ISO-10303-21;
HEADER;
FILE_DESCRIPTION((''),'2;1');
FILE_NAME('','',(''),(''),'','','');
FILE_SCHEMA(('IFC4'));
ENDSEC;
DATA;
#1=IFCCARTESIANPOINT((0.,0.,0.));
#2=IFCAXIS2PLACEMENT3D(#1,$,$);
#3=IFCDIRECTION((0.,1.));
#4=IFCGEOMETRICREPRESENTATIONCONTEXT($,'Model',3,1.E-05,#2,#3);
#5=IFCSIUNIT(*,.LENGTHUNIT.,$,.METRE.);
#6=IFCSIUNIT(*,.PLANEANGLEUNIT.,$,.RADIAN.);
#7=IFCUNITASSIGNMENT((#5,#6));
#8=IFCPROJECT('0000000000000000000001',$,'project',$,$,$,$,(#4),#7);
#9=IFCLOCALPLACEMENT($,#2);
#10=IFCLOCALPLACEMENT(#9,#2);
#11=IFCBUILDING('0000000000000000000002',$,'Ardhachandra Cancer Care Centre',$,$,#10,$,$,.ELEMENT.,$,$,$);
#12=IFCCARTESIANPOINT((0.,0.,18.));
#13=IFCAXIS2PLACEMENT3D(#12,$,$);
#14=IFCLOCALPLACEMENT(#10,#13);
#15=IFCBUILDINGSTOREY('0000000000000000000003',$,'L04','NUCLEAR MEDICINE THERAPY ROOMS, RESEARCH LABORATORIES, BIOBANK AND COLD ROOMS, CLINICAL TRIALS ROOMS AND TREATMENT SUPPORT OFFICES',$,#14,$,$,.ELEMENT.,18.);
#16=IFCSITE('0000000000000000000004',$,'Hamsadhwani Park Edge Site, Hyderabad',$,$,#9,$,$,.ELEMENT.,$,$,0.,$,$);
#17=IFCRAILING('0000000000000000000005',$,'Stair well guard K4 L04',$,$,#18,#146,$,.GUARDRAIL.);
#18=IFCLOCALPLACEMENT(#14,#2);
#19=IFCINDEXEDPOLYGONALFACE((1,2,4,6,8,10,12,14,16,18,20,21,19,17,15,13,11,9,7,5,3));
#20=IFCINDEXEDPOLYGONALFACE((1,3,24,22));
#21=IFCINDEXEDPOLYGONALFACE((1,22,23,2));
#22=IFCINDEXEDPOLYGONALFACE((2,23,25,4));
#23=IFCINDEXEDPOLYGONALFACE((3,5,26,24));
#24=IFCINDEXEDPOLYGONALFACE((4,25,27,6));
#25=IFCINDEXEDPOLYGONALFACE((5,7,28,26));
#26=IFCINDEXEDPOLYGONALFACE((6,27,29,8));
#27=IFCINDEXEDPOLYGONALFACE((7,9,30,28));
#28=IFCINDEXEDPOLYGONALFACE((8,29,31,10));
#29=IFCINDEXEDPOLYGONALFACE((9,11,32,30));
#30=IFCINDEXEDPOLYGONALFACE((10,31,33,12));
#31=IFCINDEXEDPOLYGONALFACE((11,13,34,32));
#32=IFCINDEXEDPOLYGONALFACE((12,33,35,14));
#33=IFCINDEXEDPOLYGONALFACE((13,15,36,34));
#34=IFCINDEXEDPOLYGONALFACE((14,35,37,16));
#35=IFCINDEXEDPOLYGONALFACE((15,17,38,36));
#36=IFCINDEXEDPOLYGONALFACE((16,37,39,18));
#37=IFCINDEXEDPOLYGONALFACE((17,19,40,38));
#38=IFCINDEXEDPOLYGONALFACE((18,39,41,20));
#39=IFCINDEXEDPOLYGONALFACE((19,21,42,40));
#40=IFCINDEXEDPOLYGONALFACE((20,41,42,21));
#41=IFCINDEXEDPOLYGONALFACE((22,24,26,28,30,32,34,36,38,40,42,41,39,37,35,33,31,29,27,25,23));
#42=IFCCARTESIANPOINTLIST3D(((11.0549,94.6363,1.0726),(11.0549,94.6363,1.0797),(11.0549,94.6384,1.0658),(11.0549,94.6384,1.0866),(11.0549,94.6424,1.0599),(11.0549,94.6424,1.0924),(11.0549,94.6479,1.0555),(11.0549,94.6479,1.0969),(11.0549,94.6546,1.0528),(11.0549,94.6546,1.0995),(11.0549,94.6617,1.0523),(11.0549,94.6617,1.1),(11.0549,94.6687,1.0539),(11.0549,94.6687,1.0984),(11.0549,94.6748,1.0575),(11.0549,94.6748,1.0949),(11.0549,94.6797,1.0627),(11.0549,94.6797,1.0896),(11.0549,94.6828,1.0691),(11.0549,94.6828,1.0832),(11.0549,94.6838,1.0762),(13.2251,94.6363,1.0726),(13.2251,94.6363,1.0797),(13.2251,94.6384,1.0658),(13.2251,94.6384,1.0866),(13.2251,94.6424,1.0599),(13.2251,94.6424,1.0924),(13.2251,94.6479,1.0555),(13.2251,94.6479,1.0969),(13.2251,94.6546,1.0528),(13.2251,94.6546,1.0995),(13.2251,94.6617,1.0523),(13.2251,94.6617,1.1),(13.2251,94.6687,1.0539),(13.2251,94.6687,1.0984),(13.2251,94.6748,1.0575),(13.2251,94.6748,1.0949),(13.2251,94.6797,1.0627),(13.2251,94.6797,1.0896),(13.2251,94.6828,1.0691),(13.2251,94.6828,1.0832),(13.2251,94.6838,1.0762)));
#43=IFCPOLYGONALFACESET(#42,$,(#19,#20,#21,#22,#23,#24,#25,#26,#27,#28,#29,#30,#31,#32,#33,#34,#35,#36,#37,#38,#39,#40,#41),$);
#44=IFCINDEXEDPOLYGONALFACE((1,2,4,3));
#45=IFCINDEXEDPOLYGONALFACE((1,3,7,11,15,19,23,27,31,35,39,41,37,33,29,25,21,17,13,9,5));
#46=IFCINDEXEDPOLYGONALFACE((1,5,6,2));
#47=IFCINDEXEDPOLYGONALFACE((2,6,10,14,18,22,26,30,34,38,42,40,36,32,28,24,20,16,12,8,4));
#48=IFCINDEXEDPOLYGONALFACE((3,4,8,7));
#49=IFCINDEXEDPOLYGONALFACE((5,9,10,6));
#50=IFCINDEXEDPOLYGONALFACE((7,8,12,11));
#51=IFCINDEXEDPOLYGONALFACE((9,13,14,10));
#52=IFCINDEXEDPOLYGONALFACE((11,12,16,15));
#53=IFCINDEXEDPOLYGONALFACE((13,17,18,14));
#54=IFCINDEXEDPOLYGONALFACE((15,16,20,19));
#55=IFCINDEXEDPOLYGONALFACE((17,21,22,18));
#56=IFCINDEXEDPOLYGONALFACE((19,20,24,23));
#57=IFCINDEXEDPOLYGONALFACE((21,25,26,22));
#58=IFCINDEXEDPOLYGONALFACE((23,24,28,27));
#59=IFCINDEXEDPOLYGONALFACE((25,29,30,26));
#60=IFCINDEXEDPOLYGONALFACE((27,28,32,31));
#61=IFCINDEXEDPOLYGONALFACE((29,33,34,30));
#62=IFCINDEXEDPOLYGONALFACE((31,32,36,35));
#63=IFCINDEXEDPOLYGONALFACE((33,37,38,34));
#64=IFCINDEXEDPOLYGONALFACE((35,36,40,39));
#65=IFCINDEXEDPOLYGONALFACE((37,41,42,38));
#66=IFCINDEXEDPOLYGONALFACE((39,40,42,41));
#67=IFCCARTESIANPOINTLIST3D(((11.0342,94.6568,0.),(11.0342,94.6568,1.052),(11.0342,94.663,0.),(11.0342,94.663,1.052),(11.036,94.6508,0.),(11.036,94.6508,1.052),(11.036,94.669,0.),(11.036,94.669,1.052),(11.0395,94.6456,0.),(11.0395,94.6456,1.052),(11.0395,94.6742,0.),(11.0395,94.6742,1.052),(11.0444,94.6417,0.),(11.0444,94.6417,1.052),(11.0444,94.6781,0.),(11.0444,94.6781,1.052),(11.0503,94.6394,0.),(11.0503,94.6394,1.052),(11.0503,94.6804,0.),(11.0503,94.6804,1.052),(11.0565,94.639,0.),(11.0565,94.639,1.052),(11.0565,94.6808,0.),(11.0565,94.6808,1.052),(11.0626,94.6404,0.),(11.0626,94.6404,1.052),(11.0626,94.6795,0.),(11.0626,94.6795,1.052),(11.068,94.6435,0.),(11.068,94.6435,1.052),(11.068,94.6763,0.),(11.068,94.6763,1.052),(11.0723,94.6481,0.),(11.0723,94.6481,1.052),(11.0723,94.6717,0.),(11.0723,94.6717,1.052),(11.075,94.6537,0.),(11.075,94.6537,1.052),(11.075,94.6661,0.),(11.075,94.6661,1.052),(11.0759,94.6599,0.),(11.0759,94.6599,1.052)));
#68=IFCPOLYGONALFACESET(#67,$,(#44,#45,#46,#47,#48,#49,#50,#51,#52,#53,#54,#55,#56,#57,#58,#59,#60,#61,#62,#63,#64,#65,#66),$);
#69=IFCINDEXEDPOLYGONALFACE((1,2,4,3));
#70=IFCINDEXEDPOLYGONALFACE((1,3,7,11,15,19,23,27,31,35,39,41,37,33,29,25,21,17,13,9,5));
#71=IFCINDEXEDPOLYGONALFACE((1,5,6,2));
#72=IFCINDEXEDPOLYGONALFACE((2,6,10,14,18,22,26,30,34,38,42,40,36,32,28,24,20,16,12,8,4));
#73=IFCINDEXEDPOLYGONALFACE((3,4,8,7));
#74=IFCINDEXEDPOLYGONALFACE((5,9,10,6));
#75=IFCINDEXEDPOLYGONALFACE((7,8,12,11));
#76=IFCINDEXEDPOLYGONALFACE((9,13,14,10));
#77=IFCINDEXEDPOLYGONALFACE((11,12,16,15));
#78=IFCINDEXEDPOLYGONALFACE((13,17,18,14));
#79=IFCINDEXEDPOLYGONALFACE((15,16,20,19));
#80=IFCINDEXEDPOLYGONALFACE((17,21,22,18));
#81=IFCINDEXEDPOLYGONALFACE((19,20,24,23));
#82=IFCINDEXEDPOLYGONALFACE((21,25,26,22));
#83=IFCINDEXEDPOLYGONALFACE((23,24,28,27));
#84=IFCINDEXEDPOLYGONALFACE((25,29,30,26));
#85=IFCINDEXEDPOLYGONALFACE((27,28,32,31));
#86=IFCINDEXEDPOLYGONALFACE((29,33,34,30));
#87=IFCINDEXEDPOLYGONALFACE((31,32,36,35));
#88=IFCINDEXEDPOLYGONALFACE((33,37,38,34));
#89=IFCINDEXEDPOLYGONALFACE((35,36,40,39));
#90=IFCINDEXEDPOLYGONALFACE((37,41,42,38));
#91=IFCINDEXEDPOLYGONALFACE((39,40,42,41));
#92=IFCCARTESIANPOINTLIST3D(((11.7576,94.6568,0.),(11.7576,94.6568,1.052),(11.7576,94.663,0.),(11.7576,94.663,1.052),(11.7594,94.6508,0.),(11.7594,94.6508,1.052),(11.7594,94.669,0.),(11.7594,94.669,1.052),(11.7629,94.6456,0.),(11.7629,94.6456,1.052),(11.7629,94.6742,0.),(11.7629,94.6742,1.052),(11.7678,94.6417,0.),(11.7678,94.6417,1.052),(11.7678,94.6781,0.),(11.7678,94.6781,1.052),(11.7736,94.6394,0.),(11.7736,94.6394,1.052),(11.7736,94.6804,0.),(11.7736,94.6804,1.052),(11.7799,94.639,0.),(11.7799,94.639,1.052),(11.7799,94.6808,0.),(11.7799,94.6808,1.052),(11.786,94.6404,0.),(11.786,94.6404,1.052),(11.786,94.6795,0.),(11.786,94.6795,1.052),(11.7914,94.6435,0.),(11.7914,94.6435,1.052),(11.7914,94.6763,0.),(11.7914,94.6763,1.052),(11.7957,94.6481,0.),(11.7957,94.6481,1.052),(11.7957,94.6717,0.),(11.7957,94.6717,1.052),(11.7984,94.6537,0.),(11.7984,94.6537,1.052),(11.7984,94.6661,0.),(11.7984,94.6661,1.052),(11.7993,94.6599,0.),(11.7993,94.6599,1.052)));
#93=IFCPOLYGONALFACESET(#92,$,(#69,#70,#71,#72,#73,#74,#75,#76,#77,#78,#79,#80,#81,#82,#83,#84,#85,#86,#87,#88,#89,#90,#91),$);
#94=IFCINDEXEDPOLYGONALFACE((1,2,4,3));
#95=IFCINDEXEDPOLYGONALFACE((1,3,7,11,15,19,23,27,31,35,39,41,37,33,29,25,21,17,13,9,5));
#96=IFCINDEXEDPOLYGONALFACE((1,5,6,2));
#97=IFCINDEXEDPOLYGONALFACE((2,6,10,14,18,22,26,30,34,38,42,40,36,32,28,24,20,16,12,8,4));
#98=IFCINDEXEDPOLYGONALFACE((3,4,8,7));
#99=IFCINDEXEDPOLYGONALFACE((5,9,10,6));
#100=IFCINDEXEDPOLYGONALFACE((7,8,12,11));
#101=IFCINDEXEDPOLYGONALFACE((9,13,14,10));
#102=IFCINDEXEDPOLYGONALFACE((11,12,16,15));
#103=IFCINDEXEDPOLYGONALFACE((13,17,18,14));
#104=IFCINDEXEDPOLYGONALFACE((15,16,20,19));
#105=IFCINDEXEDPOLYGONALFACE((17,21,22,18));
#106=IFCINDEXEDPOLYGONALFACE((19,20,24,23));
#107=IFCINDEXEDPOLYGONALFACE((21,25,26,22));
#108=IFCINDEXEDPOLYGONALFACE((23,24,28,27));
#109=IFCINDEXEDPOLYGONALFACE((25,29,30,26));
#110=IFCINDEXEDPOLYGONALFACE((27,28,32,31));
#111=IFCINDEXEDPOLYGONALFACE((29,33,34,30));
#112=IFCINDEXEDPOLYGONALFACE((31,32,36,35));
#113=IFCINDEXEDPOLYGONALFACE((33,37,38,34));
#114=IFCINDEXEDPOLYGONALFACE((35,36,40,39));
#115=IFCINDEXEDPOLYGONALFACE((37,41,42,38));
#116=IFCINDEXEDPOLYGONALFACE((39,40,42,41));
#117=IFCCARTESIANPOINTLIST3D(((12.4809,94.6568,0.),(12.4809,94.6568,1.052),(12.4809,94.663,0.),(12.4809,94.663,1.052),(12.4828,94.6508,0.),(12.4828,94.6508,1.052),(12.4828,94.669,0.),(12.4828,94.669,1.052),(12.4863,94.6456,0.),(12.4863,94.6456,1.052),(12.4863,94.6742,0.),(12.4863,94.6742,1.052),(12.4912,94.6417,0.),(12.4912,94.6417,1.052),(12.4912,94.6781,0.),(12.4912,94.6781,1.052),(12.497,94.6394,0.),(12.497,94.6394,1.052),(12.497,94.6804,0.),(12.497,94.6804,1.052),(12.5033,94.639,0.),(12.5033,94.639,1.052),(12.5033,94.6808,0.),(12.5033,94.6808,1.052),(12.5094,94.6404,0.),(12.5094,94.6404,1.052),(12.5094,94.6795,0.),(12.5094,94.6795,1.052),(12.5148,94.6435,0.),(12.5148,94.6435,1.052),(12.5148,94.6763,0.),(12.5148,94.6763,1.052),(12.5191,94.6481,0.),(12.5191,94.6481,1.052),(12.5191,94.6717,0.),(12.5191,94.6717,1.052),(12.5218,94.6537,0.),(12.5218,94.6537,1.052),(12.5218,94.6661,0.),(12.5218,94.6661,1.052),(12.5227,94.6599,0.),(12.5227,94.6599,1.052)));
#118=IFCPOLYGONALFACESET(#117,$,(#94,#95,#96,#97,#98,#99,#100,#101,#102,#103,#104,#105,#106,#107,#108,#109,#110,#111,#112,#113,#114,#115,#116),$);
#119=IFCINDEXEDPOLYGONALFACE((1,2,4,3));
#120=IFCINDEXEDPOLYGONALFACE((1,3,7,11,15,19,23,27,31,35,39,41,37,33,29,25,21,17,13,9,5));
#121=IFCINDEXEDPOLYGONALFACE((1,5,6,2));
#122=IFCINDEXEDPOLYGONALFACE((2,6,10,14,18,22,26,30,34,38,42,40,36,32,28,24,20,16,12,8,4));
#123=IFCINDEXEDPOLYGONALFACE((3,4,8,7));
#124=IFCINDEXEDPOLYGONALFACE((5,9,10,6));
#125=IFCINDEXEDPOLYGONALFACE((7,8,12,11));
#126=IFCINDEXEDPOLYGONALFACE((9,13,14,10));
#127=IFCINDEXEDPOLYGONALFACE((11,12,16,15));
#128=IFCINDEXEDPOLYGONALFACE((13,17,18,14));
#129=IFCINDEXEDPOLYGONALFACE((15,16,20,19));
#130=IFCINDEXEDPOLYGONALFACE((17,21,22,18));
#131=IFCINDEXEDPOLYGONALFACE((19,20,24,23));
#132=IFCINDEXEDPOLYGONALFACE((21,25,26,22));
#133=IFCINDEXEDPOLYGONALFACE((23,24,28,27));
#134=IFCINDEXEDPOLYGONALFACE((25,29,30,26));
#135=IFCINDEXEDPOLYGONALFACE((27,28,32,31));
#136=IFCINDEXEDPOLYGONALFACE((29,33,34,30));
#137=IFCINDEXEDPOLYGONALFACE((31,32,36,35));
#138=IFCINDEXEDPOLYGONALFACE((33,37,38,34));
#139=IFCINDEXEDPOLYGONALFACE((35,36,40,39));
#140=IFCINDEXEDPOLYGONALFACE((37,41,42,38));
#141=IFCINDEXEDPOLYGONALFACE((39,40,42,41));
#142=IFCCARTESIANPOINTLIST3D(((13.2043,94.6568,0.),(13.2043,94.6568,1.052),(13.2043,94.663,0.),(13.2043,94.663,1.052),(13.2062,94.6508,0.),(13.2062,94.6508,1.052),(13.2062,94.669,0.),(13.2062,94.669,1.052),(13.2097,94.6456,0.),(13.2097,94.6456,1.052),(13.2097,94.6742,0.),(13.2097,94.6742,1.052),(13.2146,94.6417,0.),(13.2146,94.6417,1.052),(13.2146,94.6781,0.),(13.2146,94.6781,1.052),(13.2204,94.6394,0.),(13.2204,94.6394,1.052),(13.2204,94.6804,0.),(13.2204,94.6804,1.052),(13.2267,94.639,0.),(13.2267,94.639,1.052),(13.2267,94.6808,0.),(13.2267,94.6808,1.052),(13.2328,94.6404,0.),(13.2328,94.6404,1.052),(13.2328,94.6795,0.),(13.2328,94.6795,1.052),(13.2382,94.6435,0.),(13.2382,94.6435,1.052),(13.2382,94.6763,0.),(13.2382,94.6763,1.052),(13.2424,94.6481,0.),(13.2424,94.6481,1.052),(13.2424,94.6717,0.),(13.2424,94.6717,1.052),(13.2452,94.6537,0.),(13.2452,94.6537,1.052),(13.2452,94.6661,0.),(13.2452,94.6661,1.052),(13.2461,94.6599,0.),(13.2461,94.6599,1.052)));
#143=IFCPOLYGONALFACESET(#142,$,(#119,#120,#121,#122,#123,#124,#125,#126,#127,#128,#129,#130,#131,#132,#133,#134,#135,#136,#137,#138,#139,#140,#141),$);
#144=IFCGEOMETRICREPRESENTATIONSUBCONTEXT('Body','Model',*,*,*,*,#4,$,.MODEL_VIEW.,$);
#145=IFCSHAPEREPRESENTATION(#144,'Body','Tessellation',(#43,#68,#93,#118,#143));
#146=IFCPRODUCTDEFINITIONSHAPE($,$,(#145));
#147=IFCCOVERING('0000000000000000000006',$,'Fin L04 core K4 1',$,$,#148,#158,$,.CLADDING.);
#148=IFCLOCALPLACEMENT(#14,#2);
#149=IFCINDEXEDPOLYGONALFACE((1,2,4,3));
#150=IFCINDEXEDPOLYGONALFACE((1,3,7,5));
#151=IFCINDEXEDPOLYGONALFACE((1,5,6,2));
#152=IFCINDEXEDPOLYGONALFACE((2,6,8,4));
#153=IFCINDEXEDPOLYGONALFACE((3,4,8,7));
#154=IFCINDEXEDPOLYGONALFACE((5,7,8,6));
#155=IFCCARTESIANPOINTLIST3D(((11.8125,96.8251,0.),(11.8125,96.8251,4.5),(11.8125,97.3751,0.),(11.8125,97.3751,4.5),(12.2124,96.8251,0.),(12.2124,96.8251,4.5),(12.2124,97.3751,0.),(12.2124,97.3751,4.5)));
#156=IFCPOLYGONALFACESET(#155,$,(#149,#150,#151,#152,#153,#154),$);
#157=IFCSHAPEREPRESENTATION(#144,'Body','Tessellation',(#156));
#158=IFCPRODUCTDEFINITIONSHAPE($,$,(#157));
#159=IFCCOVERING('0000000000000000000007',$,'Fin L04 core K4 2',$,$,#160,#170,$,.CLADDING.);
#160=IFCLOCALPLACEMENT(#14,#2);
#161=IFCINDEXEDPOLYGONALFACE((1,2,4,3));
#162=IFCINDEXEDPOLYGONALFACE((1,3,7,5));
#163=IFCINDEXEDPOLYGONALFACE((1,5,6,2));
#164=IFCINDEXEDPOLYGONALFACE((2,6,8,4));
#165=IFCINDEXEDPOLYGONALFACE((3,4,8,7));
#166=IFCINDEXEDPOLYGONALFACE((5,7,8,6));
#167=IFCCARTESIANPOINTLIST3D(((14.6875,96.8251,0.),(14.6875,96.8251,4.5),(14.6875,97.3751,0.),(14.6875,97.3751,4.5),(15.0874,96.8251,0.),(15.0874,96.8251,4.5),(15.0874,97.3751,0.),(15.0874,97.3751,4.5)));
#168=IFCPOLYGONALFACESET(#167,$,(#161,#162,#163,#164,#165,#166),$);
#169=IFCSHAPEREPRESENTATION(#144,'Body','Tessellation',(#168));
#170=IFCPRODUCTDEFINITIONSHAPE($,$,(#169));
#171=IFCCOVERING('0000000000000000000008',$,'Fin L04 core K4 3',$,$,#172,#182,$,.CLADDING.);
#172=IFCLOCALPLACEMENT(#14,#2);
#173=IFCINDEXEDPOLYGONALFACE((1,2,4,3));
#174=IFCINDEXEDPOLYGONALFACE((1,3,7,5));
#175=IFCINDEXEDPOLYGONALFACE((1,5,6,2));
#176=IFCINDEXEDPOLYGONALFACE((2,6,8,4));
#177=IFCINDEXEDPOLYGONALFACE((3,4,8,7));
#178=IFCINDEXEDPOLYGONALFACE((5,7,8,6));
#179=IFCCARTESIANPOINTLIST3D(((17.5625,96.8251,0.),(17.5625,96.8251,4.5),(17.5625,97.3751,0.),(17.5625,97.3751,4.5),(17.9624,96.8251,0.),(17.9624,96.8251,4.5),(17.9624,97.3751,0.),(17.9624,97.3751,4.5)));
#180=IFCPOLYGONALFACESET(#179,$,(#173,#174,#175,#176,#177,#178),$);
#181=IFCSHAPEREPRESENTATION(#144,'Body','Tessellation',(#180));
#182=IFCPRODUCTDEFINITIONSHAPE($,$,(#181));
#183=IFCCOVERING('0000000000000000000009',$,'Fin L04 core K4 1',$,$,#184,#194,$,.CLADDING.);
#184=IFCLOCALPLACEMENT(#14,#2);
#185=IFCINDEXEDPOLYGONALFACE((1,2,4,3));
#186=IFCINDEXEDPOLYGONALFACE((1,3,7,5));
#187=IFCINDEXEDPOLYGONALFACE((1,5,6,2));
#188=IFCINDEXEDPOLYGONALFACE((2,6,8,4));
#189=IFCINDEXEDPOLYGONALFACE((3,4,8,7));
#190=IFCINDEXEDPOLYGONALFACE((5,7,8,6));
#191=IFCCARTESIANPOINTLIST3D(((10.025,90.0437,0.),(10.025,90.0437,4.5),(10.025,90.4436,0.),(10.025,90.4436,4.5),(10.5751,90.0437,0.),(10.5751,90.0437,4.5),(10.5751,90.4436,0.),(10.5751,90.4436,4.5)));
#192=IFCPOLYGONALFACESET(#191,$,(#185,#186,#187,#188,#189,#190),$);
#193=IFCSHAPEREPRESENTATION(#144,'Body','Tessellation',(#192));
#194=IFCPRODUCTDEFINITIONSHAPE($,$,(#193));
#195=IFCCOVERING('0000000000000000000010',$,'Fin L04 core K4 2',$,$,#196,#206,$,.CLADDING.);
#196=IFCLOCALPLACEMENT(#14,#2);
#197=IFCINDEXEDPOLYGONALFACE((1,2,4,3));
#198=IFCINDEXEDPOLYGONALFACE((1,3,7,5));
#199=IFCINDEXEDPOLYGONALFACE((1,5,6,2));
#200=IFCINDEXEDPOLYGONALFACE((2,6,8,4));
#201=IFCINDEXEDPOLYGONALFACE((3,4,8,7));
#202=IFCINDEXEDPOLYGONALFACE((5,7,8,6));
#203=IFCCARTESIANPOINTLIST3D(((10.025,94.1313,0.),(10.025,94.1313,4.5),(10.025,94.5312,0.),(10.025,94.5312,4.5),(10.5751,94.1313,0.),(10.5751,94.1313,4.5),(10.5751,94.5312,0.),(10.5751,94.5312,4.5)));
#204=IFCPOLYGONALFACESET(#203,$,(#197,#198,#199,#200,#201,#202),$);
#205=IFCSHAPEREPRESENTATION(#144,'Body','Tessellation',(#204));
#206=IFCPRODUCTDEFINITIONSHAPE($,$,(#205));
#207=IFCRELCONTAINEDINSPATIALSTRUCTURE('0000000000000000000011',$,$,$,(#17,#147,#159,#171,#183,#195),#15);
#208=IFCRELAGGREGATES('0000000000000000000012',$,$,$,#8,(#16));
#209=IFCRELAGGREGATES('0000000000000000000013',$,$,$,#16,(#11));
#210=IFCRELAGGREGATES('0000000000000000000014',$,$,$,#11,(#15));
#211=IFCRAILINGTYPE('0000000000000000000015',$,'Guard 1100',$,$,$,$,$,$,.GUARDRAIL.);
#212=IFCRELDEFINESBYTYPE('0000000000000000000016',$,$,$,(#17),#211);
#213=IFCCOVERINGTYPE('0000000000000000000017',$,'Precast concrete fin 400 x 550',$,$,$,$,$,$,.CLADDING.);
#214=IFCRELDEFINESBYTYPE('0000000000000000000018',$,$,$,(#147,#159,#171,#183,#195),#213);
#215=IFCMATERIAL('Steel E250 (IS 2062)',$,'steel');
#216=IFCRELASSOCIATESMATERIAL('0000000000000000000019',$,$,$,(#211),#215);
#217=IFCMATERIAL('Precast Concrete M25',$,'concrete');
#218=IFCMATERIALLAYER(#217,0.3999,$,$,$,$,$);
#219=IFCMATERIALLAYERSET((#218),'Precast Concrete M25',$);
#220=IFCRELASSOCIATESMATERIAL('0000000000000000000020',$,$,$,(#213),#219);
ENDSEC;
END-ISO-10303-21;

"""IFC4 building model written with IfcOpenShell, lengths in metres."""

from ifc_helpers import new_model, si_unit, direction, frame, origin, origin_2d, place, context, subcontext, project, spatial, rectangle, circle, extrude, material, layer, layer_set, type_object, element, save


model = new_model("IFC4")

# Units and contexts
model_context = context("Model", 3, precision=1e-05, world=origin(), true_north=direction((0.0, 1.0)))
body_context = subcontext(model_context, "Body", "Model", "MODEL_VIEW")
ifc_project = project(units=[si_unit("LENGTHUNIT", "METRE"), si_unit("PLANEANGLEUNIT", "RADIAN")], contexts=[model_context])

# Site, building, storey
site_placement = place(None, origin())
site = spatial("IfcSite", under=ifc_project, at=site_placement, Name="Hamsadhwani Park Edge Site, Hyderabad", CompositionType="ELEMENT", RefElevation=0.0)
building_placement = place(site_placement, origin())
building = spatial("IfcBuilding", under=site, at=building_placement, Name="Ardhachandra Cancer Care Centre", CompositionType="ELEMENT")
storey_placement = place(building_placement, frame((0.0, 0.0, 18.0)))
storey = spatial("IfcBuildingStorey", under=building, at=storey_placement, Name="L04", Description="NUCLEAR MEDICINE THERAPY ROOMS, RESEARCH LABORATORIES, BIOBANK AND COLD ROOMS, CLINICAL TRIALS ROOMS AND TREATMENT SUPPORT OFFICES", CompositionType="ELEMENT", Elevation=18.0)

# Railing
ifc_material_1 = material(Name="Steel E250 (IS 2062)", Category="steel")
railing_type_1 = type_object("IfcRailingType", Name="Guard 1100", PredefinedType="GUARDRAIL", material=ifc_material_1)
railing_placement = place(storey_placement, frame((11.0549, 94.6599, 0.0)))
element("IfcRailing", 1, at=railing_placement, inside=storey, type_object=railing_type_1, Name="Stair well guard K4 L04", PredefinedType="GUARDRAIL", context=body_context, shape_type="SweptSolid", body=[
    extrude(circle(Radius=0.0239, at=origin_2d()), frame((0.0, 0.0, 1.0762), z_axis=(1.0, 0.0, 0.0), x_axis=(0.0, 1.0, 0.0)), (0.0, 0.0, 1.0), 2.1702),
    extrude(circle(Radius=0.021, at=origin_2d()), origin(), (0.0, 0.0, 1.0), 1.052),
    extrude(circle(Radius=0.021, at=origin_2d()), frame((0.7234, 0.0, 0.0)), (0.0, 0.0, 1.0), 1.052),
    extrude(circle(Radius=0.021, at=origin_2d()), frame((1.4468, 0.0, 0.0)), (0.0, 0.0, 1.0), 1.052),
    extrude(circle(Radius=0.021, at=origin_2d()), frame((2.1702, 0.0, 0.0)), (0.0, 0.0, 1.0), 1.052),
])

# Coverings
ifc_material_2 = material(Name="Precast Concrete M25", Category="concrete")
ifc_layer_1 = layer(ifc_material_2, 0.3999)
ifc_layer_set_1 = layer_set([ifc_layer_1], Name="Precast Concrete M25")
covering_type = type_object("IfcCoveringType", Name="Precast concrete fin 400 x 550", PredefinedType="CLADDING", material=ifc_layer_set_1)
for number, where, z_axis, x_axis, name in (
    (2, (12.0125, 97.1001, 0.0), (0.0, 0.0, 1.0), (1.0, 0.0, 0.0), "Fin L04 core K4 1"),
    (3, (14.8875, 97.1001, 0.0), (0.0, 0.0, 1.0), (1.0, 0.0, 0.0), "Fin L04 core K4 2"),
    (4, (17.7625, 97.1001, 0.0), (0.0, 0.0, 1.0), (1.0, 0.0, 0.0), "Fin L04 core K4 3"),
    (5, (10.3, 90.2437, 0.0), (0.0, 0.0, 1.0), (0.0, 1.0, 0.0), "Fin L04 core K4 1"),
    (6, (10.3, 94.3313, 0.0), (0.0, 0.0, 1.0), (0.0, 1.0, 0.0), "Fin L04 core K4 2"),
):
    element("IfcCovering", number, at=place(storey_placement, frame(where, z_axis=z_axis, x_axis=x_axis)), inside=storey, type_object=covering_type, Name=name, PredefinedType="CLADDING", context=body_context, shape_type="SweptSolid", body=[
        extrude(rectangle(XDim=0.3999, YDim=0.55, at=origin_2d()), origin(), (0.0, 0.0, 1.0), 4.5),
    ])

save(model, "model.ifc")
